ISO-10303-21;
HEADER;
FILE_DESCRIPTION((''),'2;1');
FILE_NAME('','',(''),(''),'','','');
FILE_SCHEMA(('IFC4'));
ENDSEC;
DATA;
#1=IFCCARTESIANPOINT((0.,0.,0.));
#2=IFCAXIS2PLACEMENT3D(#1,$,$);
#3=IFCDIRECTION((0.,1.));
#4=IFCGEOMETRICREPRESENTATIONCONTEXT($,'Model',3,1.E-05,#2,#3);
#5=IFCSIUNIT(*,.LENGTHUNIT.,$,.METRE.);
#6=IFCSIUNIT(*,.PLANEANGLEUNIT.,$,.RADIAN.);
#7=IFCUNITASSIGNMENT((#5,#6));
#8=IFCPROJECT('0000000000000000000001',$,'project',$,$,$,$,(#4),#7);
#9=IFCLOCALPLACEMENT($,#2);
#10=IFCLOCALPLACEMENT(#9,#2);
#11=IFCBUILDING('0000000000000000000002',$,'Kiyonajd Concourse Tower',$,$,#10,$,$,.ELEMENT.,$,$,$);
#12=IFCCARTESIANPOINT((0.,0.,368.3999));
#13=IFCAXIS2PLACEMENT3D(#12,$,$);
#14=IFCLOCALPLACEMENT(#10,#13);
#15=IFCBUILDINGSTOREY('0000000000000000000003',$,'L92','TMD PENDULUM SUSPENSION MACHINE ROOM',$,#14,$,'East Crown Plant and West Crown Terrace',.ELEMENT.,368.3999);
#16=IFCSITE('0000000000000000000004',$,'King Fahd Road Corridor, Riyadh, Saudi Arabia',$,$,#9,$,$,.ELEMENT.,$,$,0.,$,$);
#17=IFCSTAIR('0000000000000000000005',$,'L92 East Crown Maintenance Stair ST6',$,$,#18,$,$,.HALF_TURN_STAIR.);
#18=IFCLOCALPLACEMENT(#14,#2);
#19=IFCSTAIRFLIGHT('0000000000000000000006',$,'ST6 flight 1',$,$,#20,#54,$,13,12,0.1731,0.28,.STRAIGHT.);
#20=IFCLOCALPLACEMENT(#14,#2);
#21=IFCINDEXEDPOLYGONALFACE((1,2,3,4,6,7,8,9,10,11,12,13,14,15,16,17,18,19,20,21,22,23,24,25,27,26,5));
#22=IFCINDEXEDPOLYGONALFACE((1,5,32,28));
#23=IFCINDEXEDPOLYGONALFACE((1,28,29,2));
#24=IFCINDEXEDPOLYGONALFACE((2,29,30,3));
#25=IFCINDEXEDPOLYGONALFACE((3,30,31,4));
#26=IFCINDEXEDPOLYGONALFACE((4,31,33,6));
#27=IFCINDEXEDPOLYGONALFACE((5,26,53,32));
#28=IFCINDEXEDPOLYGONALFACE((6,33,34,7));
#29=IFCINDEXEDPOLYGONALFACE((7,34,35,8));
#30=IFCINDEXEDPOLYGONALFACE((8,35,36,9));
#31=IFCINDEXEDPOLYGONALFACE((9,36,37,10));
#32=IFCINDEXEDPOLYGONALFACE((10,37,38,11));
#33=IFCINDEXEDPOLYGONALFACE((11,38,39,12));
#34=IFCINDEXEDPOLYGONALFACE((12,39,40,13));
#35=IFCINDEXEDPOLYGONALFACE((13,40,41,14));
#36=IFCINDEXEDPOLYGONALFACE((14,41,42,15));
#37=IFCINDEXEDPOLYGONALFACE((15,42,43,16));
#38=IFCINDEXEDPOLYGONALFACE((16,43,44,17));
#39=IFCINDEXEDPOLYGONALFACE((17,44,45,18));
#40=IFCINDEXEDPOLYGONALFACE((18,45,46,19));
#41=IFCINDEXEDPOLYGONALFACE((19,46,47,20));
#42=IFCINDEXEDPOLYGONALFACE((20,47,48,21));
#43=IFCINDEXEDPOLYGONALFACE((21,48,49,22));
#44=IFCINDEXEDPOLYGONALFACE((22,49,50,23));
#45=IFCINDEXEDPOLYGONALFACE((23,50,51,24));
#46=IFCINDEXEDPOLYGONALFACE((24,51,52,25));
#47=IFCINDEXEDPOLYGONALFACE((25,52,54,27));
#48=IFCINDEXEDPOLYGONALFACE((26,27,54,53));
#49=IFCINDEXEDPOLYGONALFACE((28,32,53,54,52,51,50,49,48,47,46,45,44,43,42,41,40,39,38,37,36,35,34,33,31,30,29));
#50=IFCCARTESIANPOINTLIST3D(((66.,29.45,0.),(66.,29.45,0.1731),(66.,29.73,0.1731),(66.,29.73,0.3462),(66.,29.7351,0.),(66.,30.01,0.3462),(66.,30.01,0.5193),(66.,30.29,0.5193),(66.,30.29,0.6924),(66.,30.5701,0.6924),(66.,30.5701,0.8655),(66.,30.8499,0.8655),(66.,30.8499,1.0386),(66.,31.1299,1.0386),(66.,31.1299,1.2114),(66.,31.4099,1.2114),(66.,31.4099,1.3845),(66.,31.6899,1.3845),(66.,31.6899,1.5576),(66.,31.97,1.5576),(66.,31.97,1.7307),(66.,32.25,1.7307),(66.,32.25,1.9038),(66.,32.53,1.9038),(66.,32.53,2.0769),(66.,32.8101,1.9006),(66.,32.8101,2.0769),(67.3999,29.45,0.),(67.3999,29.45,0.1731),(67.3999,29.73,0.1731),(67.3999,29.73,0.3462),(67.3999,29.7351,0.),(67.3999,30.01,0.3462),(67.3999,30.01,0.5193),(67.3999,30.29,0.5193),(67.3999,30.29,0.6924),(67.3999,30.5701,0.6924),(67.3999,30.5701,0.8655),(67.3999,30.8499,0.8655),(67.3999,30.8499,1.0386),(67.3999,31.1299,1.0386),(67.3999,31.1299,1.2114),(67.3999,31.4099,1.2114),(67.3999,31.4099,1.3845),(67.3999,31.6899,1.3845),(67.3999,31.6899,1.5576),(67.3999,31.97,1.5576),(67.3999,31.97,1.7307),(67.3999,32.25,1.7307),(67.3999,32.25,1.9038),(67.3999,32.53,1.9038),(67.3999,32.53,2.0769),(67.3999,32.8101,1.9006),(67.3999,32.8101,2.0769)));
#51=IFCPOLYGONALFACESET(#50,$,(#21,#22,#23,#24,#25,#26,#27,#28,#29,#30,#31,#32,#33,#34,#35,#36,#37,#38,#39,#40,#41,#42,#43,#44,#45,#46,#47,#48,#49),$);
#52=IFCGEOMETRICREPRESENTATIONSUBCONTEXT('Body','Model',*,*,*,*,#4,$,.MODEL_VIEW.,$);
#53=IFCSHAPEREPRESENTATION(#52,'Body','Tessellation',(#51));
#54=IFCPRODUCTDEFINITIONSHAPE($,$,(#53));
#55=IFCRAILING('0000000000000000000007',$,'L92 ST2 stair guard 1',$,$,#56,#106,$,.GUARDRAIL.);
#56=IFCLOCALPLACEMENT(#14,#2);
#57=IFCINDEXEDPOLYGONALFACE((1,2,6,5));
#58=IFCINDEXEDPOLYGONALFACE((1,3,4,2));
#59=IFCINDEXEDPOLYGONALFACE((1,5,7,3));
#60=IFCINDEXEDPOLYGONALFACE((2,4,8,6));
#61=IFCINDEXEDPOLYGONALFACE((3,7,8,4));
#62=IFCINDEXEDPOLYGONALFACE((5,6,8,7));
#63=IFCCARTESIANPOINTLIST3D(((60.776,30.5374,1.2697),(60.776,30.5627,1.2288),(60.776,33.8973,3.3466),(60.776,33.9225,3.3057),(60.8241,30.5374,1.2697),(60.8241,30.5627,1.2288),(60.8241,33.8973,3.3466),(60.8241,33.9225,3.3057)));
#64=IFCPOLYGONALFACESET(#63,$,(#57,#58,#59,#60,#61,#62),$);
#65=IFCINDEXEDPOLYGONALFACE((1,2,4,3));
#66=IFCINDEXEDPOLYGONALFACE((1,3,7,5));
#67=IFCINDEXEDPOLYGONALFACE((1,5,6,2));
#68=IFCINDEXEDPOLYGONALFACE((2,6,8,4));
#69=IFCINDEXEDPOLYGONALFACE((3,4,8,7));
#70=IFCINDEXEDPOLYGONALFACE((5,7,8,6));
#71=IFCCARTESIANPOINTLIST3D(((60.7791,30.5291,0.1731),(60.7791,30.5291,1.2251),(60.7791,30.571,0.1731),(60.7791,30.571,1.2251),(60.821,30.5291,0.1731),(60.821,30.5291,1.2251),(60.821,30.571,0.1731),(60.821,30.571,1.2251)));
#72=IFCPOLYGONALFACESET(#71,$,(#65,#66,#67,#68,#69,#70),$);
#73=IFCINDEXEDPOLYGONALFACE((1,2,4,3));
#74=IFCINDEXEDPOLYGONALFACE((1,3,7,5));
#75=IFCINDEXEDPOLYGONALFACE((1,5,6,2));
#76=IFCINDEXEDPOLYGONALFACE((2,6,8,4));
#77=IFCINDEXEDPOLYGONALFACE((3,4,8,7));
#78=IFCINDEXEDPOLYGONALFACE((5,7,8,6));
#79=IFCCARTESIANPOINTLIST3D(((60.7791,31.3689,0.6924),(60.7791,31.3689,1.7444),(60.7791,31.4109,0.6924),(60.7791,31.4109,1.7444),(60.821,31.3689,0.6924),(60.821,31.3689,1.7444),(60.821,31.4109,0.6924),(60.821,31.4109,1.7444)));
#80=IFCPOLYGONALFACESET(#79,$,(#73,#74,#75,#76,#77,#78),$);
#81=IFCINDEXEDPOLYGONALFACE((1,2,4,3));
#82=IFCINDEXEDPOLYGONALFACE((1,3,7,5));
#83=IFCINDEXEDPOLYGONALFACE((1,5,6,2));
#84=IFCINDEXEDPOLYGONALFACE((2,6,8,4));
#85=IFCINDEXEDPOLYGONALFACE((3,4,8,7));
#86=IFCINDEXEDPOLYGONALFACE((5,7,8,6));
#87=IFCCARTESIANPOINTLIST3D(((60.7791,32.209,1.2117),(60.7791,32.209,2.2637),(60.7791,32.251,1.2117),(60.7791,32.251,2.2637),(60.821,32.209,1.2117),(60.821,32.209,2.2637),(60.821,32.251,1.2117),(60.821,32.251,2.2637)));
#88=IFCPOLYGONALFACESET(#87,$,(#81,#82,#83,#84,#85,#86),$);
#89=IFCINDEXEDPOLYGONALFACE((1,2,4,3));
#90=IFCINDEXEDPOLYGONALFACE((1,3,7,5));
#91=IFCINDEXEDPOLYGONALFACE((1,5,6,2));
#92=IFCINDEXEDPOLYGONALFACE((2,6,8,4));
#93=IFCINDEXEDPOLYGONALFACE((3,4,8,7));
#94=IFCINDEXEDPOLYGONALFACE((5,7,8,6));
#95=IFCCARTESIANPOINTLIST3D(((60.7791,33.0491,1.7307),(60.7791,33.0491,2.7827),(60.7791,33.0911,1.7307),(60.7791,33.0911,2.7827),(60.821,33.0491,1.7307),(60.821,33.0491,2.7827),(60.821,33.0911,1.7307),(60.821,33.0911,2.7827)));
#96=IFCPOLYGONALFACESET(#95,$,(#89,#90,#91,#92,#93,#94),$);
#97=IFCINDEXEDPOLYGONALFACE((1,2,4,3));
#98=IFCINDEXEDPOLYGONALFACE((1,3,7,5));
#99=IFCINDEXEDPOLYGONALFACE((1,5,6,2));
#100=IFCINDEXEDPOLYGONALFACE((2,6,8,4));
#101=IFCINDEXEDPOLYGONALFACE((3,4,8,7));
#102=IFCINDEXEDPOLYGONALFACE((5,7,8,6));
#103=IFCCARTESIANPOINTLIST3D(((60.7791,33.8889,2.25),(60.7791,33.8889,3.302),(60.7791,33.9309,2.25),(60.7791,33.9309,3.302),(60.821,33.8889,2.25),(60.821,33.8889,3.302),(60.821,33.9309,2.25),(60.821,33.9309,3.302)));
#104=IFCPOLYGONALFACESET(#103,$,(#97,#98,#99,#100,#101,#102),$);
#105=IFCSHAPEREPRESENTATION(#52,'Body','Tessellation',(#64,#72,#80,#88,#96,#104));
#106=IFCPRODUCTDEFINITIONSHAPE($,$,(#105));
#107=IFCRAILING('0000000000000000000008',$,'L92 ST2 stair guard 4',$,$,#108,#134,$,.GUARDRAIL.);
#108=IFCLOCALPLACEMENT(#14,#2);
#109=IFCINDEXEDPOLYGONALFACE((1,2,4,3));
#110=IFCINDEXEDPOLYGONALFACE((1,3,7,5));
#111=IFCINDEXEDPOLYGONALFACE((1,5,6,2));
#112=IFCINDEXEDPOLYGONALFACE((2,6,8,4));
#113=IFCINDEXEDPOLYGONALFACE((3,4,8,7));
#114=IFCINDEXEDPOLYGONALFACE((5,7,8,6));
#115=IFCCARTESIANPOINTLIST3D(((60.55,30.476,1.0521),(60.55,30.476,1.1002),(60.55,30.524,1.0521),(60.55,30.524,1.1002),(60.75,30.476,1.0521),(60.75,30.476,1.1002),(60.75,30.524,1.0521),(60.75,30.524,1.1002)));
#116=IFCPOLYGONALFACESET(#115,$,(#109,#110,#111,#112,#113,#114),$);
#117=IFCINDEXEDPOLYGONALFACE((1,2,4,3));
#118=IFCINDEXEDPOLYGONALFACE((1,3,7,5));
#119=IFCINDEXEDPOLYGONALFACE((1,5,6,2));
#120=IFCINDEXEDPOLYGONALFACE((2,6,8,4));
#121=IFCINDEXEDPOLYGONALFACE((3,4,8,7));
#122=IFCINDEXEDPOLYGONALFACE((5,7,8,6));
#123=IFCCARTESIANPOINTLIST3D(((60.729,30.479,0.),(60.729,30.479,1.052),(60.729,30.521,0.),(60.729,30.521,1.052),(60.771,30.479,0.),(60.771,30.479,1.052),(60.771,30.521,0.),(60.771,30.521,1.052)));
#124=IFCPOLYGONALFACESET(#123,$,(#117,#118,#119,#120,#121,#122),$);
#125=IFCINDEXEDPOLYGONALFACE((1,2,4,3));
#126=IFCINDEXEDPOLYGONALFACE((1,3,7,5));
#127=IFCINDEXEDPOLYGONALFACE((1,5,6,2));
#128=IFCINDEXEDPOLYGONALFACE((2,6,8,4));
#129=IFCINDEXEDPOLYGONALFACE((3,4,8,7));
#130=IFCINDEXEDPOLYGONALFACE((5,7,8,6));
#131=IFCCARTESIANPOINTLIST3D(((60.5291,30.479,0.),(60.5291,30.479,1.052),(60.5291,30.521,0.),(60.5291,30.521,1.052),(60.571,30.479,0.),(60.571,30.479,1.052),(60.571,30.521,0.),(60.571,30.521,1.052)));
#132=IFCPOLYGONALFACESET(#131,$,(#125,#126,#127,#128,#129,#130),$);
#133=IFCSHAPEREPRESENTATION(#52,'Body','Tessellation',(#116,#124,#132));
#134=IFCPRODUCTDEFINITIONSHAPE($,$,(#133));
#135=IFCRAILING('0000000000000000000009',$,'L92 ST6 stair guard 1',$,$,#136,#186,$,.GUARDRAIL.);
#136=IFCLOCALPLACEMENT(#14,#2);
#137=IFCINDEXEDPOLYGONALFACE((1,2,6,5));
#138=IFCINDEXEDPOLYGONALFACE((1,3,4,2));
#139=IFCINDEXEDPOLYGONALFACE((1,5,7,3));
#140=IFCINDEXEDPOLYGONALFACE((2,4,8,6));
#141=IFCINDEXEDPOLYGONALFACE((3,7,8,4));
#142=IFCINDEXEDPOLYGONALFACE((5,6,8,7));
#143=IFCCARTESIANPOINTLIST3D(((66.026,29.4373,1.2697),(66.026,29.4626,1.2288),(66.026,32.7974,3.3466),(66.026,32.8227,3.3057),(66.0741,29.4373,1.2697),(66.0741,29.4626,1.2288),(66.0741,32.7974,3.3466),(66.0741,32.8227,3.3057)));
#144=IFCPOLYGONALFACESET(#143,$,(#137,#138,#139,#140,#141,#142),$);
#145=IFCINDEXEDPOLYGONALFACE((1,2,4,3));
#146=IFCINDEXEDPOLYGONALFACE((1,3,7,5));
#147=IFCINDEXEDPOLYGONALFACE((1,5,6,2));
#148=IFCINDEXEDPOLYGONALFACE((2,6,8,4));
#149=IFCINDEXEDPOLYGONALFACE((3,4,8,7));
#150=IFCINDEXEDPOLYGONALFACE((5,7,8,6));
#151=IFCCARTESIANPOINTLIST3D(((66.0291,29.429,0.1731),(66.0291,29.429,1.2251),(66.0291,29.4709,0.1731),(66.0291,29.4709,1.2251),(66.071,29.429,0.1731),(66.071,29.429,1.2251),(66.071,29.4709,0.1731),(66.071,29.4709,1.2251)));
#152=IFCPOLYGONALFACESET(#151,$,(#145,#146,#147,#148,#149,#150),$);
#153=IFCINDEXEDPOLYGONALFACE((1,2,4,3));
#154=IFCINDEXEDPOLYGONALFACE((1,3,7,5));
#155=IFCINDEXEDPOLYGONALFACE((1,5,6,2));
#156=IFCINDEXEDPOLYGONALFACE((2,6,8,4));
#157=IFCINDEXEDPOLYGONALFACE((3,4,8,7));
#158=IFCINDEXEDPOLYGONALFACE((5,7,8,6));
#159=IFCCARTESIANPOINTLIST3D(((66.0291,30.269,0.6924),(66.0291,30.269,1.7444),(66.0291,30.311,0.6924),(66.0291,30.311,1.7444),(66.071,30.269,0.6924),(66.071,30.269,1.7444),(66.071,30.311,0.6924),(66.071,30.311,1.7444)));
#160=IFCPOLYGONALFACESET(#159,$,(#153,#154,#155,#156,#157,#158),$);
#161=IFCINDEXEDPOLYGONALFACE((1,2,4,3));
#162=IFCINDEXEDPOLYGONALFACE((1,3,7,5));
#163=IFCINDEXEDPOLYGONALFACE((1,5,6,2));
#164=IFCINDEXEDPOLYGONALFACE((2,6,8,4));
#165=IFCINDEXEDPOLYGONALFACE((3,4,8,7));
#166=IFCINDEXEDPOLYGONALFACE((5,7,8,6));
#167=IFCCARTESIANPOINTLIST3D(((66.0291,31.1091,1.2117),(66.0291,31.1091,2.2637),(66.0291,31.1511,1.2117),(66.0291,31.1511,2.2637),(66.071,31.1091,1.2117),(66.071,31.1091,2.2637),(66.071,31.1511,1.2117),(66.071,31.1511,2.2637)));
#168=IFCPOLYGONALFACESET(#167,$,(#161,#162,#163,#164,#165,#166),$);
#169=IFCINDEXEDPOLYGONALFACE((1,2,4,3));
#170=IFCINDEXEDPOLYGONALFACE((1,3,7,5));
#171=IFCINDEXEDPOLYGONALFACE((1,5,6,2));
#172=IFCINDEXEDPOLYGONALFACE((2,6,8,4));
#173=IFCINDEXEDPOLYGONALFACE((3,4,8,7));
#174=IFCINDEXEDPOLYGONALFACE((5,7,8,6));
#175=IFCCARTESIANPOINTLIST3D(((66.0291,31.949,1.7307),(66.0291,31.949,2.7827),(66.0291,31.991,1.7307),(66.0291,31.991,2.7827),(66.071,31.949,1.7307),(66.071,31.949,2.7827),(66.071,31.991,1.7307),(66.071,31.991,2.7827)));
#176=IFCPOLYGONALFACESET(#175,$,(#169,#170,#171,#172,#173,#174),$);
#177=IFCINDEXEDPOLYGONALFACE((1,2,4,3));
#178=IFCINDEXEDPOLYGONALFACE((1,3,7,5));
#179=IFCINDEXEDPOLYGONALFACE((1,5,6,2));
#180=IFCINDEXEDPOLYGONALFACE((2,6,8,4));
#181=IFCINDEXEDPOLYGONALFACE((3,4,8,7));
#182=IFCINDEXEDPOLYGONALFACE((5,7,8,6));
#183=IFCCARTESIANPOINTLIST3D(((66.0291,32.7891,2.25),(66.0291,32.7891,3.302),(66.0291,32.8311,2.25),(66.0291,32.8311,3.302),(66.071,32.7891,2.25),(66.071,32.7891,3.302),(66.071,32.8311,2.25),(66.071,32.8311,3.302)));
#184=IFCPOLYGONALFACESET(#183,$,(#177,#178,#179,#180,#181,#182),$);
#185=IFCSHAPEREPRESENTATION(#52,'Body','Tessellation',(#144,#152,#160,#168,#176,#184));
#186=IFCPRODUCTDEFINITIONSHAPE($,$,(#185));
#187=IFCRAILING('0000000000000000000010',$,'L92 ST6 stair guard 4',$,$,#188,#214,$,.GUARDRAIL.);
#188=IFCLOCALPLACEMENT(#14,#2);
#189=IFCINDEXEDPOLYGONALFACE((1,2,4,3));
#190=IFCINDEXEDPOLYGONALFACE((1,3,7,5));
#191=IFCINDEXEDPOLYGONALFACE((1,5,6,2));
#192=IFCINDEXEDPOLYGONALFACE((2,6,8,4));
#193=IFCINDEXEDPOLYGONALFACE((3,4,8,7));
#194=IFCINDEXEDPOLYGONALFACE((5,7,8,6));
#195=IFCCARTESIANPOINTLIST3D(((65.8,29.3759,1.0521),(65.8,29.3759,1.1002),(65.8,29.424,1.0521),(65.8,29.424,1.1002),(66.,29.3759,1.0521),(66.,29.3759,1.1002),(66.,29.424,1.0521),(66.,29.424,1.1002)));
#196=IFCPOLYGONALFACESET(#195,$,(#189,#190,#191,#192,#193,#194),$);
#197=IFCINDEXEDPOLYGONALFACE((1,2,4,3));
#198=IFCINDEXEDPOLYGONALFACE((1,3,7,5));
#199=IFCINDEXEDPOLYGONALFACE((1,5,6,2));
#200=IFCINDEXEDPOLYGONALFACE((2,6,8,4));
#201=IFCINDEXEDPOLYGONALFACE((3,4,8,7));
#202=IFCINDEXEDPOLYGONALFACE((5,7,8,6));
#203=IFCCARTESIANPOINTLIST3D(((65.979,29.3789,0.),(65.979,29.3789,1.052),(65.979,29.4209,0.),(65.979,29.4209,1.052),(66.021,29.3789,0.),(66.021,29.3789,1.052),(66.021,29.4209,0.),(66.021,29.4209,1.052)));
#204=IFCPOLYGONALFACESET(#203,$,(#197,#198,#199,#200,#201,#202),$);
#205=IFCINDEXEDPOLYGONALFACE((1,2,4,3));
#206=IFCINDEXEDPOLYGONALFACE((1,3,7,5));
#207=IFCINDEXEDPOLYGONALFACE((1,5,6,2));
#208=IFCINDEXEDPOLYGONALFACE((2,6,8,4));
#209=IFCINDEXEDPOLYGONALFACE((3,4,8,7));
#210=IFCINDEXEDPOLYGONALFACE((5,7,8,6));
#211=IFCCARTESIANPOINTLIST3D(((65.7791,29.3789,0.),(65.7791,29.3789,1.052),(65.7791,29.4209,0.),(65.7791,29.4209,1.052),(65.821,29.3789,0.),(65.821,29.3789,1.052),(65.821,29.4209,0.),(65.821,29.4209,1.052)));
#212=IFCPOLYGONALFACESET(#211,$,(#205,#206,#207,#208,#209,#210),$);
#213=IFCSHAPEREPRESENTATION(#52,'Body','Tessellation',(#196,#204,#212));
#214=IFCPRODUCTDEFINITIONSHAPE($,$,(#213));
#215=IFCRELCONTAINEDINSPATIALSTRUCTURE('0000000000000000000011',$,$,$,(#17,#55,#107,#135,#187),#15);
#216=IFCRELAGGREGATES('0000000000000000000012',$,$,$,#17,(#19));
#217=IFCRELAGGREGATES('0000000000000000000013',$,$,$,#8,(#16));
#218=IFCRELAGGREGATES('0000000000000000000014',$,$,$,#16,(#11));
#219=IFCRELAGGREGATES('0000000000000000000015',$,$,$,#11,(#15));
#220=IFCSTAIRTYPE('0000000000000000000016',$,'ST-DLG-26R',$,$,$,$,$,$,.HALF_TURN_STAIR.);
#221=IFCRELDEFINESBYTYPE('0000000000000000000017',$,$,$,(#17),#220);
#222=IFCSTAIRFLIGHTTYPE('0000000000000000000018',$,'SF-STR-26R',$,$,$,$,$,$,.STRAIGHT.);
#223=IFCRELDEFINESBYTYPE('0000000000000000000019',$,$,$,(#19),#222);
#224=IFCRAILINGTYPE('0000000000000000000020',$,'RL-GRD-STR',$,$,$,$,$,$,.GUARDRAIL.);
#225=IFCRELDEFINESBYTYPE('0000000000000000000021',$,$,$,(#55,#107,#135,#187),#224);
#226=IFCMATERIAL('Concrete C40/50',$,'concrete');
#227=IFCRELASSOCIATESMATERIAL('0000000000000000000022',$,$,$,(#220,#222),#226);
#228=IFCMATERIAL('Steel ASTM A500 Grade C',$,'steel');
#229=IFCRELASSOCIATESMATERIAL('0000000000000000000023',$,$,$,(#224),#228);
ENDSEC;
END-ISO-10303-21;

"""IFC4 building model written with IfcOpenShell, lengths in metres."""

from ifc_helpers import new_model, si_unit, direction, frame, origin, origin_2d, place, context, subcontext, project, spatial, polyline, rectangle, outline, extrude, material, type_object, element, aggregate, save


model = new_model("IFC4")

# Units and contexts
model_context = context("Model", 3, precision=1e-05, world=origin(), true_north=direction((0.0, 1.0)))
body_context = subcontext(model_context, "Body", "Model", "MODEL_VIEW")
ifc_project = project(units=[si_unit("LENGTHUNIT", "METRE"), si_unit("PLANEANGLEUNIT", "RADIAN")], contexts=[model_context])

# Site, building, storey
site_placement = place(None, origin())
site = spatial("IfcSite", under=ifc_project, at=site_placement, Name="King Fahd Road Corridor, Riyadh, Saudi Arabia", CompositionType="ELEMENT", RefElevation=0.0)
building_placement = place(site_placement, origin())
building = spatial("IfcBuilding", under=site, at=building_placement, Name="Kiyonajd Concourse Tower", CompositionType="ELEMENT")
storey_placement = place(building_placement, frame((0.0, 0.0, 368.3999)))
storey = spatial("IfcBuildingStorey", under=building, at=storey_placement, Name="L92", Description="TMD PENDULUM SUSPENSION MACHINE ROOM", LongName="East Crown Plant and West Crown Terrace", CompositionType="ELEMENT", Elevation=368.3999)

# Shared definitions
ifc_material_1 = material(Name="Steel ASTM A500 Grade C", Category="steel")

# Stair, stair flight
ifc_material_2 = material(Name="Concrete C40/50", Category="concrete")
stair_type = type_object("IfcStairType", Name="ST-DLG-26R", PredefinedType="HALF_TURN_STAIR", material=ifc_material_2)
stair_flight_type = type_object("IfcStairFlightType", Name="SF-STR-26R", PredefinedType="STRAIGHT", material=ifc_material_2)
stair_1_placement = place(storey_placement, origin())
stair_1 = element("IfcStair", 1, at=stair_1_placement, inside=storey, type_object=stair_type, Name="L92 East Crown Maintenance Stair ST6", PredefinedType="HALF_TURN_STAIR")
stair_flight_1_placement = place(storey_placement, frame((66.7, 29.45, 0.0), z_axis=(0.0, 0.0, 1.0), x_axis=(0.0, 1.0, 0.0)))
stair_flight_1 = element("IfcStairFlight", 2, at=stair_flight_1_placement, type_object=stair_flight_type, Name="ST6 flight 1", NumberOfRisers=13, NumberOfTreads=12, PredefinedType="STRAIGHT", RiserHeight=0.1731, TreadLength=0.28, context=body_context, shape_type="SweptSolid", body=[
    extrude(outline(polyline([(0.0, 0.0), (0.0, 0.1731), (0.28, 0.1731), (0.28, 0.3462), (0.5601, 0.3462), (0.5601, 0.5193), (0.8401, 0.5193), (0.8401, 0.6924), (1.1201, 0.6924), (1.1201, 0.8655), (1.3999, 0.8655), (1.3999, 1.0386), (1.6799, 1.0386), (1.6799, 1.2114), (1.96, 1.2114), (1.96, 1.3845), (2.24, 1.3845), (2.24, 1.5576), (2.52, 1.5576), (2.52, 1.7307), (2.8, 1.7307), (2.8, 1.9038), (3.0801, 1.9038), (3.0801, 2.0769), (3.3601, 2.0769), (3.3601, 2.25), (3.3601, 1.9006), (0.2852, 0.0), (0.0, 0.0)])), frame((0.0, 0.7, 0.0), z_axis=(0.0, -1.0, 0.0), x_axis=(1.0, 0.0, 0.0)), (0.0, 0.0, 1.0), 1.3999),
])
aggregate(stair_1, [stair_flight_1])

# Railings
railing_type_1 = type_object("IfcRailingType", Name="RL-GRD-STR", PredefinedType="GUARDRAIL", material=ifc_material_1)
railing_1_placement = place(storey_placement, frame((60.8, 30.55, 0.1731)))
element("IfcRailing", 3, at=railing_1_placement, inside=storey, type_object=railing_type_1, Name="L92 ST2 stair guard 1", PredefinedType="GUARDRAIL", context=body_context, shape_type="SweptSolid", body=[
    extrude(rectangle(XDim=0.0481, YDim=0.0481, at=origin_2d()), frame((0.0, 0.0, 1.0762), z_axis=(0.0, 0.850606, 0.525803), x_axis=(-1.0, 0.0, 0.0)), (0.0, 0.0, 1.0), 3.95),
    extrude(rectangle(XDim=0.042, YDim=0.042, at=origin_2d()), origin(), (0.0, 0.0, 1.0), 1.052),
    extrude(rectangle(XDim=0.042, YDim=0.042, at=origin_2d()), frame((0.0, 0.8398, 0.5193)), (0.0, 0.0, 1.0), 1.052),
    extrude(rectangle(XDim=0.042, YDim=0.042, at=origin_2d()), frame((0.0, 1.6799, 1.0386)), (0.0, 0.0, 1.0), 1.052),
    extrude(rectangle(XDim=0.042, YDim=0.042, at=origin_2d()), frame((0.0, 2.52, 1.5576)), (0.0, 0.0, 1.0), 1.052),
    extrude(rectangle(XDim=0.042, YDim=0.042, at=origin_2d()), frame((0.0, 3.3599, 2.0769)), (0.0, 0.0, 1.0), 1.052),
])
railing_2_placement = place(storey_placement, frame((60.75, 30.5, 0.0)))
element("IfcRailing", 4, at=railing_2_placement, inside=storey, type_object=railing_type_1, Name="L92 ST2 stair guard 4", PredefinedType="GUARDRAIL", context=body_context, shape_type="SweptSolid", body=[
    extrude(rectangle(XDim=0.0481, YDim=0.0481, at=origin_2d()), frame((0.0, 0.0, 1.0762), z_axis=(-1.0, 0.0, 0.0), x_axis=(0.0, -1.0, 0.0)), (0.0, 0.0, 1.0), 0.2),
    extrude(rectangle(XDim=0.042, YDim=0.042, at=origin_2d()), origin(), (0.0, 0.0, 1.0), 1.052),
    extrude(rectangle(XDim=0.042, YDim=0.042, at=origin_2d()), frame((-0.2, 0.0, 0.0)), (0.0, 0.0, 1.0), 1.052),
])
railing_3_placement = place(storey_placement, frame((66.05, 29.45, 0.1731)))
element("IfcRailing", 5, at=railing_3_placement, inside=storey, type_object=railing_type_1, Name="L92 ST6 stair guard 1", PredefinedType="GUARDRAIL", context=body_context, shape_type="SweptSolid", body=[
    extrude(rectangle(XDim=0.0481, YDim=0.0481, at=origin_2d()), frame((0.0, 0.0, 1.0762), z_axis=(0.0, 0.850623, 0.525776), x_axis=(-1.0, 0.0, 0.0)), (0.0, 0.0, 1.0), 3.9502),
    extrude(rectangle(XDim=0.042, YDim=0.042, at=origin_2d()), origin(), (0.0, 0.0, 1.0), 1.052),
    extrude(rectangle(XDim=0.042, YDim=0.042, at=origin_2d()), frame((0.0, 0.8401, 0.5193)), (0.0, 0.0, 1.0), 1.052),
    extrude(rectangle(XDim=0.042, YDim=0.042, at=origin_2d()), frame((0.0, 1.6802, 1.0386)), (0.0, 0.0, 1.0), 1.052),
    extrude(rectangle(XDim=0.042, YDim=0.042, at=origin_2d()), frame((0.0, 2.52, 1.5576)), (0.0, 0.0, 1.0), 1.052),
    extrude(rectangle(XDim=0.042, YDim=0.042, at=origin_2d()), frame((0.0, 3.3601, 2.0769)), (0.0, 0.0, 1.0), 1.052),
])
railing_4_placement = place(storey_placement, frame((66.0, 29.3999, 0.0)))
element("IfcRailing", 6, at=railing_4_placement, inside=storey, type_object=railing_type_1, Name="L92 ST6 stair guard 4", PredefinedType="GUARDRAIL", context=body_context, shape_type="SweptSolid", body=[
    extrude(rectangle(XDim=0.0481, YDim=0.0481, at=origin_2d()), frame((0.0, 0.0, 1.0762), z_axis=(-1.0, 0.0, 0.0), x_axis=(0.0, -1.0, 0.0)), (0.0, 0.0, 1.0), 0.2),
    extrude(rectangle(XDim=0.042, YDim=0.042, at=origin_2d()), origin(), (0.0, 0.0, 1.0), 1.052),
    extrude(rectangle(XDim=0.042, YDim=0.042, at=origin_2d()), frame((-0.2, 0.0, 0.0)), (0.0, 0.0, 1.0), 1.052),
])

save(model, "model.ifc")
